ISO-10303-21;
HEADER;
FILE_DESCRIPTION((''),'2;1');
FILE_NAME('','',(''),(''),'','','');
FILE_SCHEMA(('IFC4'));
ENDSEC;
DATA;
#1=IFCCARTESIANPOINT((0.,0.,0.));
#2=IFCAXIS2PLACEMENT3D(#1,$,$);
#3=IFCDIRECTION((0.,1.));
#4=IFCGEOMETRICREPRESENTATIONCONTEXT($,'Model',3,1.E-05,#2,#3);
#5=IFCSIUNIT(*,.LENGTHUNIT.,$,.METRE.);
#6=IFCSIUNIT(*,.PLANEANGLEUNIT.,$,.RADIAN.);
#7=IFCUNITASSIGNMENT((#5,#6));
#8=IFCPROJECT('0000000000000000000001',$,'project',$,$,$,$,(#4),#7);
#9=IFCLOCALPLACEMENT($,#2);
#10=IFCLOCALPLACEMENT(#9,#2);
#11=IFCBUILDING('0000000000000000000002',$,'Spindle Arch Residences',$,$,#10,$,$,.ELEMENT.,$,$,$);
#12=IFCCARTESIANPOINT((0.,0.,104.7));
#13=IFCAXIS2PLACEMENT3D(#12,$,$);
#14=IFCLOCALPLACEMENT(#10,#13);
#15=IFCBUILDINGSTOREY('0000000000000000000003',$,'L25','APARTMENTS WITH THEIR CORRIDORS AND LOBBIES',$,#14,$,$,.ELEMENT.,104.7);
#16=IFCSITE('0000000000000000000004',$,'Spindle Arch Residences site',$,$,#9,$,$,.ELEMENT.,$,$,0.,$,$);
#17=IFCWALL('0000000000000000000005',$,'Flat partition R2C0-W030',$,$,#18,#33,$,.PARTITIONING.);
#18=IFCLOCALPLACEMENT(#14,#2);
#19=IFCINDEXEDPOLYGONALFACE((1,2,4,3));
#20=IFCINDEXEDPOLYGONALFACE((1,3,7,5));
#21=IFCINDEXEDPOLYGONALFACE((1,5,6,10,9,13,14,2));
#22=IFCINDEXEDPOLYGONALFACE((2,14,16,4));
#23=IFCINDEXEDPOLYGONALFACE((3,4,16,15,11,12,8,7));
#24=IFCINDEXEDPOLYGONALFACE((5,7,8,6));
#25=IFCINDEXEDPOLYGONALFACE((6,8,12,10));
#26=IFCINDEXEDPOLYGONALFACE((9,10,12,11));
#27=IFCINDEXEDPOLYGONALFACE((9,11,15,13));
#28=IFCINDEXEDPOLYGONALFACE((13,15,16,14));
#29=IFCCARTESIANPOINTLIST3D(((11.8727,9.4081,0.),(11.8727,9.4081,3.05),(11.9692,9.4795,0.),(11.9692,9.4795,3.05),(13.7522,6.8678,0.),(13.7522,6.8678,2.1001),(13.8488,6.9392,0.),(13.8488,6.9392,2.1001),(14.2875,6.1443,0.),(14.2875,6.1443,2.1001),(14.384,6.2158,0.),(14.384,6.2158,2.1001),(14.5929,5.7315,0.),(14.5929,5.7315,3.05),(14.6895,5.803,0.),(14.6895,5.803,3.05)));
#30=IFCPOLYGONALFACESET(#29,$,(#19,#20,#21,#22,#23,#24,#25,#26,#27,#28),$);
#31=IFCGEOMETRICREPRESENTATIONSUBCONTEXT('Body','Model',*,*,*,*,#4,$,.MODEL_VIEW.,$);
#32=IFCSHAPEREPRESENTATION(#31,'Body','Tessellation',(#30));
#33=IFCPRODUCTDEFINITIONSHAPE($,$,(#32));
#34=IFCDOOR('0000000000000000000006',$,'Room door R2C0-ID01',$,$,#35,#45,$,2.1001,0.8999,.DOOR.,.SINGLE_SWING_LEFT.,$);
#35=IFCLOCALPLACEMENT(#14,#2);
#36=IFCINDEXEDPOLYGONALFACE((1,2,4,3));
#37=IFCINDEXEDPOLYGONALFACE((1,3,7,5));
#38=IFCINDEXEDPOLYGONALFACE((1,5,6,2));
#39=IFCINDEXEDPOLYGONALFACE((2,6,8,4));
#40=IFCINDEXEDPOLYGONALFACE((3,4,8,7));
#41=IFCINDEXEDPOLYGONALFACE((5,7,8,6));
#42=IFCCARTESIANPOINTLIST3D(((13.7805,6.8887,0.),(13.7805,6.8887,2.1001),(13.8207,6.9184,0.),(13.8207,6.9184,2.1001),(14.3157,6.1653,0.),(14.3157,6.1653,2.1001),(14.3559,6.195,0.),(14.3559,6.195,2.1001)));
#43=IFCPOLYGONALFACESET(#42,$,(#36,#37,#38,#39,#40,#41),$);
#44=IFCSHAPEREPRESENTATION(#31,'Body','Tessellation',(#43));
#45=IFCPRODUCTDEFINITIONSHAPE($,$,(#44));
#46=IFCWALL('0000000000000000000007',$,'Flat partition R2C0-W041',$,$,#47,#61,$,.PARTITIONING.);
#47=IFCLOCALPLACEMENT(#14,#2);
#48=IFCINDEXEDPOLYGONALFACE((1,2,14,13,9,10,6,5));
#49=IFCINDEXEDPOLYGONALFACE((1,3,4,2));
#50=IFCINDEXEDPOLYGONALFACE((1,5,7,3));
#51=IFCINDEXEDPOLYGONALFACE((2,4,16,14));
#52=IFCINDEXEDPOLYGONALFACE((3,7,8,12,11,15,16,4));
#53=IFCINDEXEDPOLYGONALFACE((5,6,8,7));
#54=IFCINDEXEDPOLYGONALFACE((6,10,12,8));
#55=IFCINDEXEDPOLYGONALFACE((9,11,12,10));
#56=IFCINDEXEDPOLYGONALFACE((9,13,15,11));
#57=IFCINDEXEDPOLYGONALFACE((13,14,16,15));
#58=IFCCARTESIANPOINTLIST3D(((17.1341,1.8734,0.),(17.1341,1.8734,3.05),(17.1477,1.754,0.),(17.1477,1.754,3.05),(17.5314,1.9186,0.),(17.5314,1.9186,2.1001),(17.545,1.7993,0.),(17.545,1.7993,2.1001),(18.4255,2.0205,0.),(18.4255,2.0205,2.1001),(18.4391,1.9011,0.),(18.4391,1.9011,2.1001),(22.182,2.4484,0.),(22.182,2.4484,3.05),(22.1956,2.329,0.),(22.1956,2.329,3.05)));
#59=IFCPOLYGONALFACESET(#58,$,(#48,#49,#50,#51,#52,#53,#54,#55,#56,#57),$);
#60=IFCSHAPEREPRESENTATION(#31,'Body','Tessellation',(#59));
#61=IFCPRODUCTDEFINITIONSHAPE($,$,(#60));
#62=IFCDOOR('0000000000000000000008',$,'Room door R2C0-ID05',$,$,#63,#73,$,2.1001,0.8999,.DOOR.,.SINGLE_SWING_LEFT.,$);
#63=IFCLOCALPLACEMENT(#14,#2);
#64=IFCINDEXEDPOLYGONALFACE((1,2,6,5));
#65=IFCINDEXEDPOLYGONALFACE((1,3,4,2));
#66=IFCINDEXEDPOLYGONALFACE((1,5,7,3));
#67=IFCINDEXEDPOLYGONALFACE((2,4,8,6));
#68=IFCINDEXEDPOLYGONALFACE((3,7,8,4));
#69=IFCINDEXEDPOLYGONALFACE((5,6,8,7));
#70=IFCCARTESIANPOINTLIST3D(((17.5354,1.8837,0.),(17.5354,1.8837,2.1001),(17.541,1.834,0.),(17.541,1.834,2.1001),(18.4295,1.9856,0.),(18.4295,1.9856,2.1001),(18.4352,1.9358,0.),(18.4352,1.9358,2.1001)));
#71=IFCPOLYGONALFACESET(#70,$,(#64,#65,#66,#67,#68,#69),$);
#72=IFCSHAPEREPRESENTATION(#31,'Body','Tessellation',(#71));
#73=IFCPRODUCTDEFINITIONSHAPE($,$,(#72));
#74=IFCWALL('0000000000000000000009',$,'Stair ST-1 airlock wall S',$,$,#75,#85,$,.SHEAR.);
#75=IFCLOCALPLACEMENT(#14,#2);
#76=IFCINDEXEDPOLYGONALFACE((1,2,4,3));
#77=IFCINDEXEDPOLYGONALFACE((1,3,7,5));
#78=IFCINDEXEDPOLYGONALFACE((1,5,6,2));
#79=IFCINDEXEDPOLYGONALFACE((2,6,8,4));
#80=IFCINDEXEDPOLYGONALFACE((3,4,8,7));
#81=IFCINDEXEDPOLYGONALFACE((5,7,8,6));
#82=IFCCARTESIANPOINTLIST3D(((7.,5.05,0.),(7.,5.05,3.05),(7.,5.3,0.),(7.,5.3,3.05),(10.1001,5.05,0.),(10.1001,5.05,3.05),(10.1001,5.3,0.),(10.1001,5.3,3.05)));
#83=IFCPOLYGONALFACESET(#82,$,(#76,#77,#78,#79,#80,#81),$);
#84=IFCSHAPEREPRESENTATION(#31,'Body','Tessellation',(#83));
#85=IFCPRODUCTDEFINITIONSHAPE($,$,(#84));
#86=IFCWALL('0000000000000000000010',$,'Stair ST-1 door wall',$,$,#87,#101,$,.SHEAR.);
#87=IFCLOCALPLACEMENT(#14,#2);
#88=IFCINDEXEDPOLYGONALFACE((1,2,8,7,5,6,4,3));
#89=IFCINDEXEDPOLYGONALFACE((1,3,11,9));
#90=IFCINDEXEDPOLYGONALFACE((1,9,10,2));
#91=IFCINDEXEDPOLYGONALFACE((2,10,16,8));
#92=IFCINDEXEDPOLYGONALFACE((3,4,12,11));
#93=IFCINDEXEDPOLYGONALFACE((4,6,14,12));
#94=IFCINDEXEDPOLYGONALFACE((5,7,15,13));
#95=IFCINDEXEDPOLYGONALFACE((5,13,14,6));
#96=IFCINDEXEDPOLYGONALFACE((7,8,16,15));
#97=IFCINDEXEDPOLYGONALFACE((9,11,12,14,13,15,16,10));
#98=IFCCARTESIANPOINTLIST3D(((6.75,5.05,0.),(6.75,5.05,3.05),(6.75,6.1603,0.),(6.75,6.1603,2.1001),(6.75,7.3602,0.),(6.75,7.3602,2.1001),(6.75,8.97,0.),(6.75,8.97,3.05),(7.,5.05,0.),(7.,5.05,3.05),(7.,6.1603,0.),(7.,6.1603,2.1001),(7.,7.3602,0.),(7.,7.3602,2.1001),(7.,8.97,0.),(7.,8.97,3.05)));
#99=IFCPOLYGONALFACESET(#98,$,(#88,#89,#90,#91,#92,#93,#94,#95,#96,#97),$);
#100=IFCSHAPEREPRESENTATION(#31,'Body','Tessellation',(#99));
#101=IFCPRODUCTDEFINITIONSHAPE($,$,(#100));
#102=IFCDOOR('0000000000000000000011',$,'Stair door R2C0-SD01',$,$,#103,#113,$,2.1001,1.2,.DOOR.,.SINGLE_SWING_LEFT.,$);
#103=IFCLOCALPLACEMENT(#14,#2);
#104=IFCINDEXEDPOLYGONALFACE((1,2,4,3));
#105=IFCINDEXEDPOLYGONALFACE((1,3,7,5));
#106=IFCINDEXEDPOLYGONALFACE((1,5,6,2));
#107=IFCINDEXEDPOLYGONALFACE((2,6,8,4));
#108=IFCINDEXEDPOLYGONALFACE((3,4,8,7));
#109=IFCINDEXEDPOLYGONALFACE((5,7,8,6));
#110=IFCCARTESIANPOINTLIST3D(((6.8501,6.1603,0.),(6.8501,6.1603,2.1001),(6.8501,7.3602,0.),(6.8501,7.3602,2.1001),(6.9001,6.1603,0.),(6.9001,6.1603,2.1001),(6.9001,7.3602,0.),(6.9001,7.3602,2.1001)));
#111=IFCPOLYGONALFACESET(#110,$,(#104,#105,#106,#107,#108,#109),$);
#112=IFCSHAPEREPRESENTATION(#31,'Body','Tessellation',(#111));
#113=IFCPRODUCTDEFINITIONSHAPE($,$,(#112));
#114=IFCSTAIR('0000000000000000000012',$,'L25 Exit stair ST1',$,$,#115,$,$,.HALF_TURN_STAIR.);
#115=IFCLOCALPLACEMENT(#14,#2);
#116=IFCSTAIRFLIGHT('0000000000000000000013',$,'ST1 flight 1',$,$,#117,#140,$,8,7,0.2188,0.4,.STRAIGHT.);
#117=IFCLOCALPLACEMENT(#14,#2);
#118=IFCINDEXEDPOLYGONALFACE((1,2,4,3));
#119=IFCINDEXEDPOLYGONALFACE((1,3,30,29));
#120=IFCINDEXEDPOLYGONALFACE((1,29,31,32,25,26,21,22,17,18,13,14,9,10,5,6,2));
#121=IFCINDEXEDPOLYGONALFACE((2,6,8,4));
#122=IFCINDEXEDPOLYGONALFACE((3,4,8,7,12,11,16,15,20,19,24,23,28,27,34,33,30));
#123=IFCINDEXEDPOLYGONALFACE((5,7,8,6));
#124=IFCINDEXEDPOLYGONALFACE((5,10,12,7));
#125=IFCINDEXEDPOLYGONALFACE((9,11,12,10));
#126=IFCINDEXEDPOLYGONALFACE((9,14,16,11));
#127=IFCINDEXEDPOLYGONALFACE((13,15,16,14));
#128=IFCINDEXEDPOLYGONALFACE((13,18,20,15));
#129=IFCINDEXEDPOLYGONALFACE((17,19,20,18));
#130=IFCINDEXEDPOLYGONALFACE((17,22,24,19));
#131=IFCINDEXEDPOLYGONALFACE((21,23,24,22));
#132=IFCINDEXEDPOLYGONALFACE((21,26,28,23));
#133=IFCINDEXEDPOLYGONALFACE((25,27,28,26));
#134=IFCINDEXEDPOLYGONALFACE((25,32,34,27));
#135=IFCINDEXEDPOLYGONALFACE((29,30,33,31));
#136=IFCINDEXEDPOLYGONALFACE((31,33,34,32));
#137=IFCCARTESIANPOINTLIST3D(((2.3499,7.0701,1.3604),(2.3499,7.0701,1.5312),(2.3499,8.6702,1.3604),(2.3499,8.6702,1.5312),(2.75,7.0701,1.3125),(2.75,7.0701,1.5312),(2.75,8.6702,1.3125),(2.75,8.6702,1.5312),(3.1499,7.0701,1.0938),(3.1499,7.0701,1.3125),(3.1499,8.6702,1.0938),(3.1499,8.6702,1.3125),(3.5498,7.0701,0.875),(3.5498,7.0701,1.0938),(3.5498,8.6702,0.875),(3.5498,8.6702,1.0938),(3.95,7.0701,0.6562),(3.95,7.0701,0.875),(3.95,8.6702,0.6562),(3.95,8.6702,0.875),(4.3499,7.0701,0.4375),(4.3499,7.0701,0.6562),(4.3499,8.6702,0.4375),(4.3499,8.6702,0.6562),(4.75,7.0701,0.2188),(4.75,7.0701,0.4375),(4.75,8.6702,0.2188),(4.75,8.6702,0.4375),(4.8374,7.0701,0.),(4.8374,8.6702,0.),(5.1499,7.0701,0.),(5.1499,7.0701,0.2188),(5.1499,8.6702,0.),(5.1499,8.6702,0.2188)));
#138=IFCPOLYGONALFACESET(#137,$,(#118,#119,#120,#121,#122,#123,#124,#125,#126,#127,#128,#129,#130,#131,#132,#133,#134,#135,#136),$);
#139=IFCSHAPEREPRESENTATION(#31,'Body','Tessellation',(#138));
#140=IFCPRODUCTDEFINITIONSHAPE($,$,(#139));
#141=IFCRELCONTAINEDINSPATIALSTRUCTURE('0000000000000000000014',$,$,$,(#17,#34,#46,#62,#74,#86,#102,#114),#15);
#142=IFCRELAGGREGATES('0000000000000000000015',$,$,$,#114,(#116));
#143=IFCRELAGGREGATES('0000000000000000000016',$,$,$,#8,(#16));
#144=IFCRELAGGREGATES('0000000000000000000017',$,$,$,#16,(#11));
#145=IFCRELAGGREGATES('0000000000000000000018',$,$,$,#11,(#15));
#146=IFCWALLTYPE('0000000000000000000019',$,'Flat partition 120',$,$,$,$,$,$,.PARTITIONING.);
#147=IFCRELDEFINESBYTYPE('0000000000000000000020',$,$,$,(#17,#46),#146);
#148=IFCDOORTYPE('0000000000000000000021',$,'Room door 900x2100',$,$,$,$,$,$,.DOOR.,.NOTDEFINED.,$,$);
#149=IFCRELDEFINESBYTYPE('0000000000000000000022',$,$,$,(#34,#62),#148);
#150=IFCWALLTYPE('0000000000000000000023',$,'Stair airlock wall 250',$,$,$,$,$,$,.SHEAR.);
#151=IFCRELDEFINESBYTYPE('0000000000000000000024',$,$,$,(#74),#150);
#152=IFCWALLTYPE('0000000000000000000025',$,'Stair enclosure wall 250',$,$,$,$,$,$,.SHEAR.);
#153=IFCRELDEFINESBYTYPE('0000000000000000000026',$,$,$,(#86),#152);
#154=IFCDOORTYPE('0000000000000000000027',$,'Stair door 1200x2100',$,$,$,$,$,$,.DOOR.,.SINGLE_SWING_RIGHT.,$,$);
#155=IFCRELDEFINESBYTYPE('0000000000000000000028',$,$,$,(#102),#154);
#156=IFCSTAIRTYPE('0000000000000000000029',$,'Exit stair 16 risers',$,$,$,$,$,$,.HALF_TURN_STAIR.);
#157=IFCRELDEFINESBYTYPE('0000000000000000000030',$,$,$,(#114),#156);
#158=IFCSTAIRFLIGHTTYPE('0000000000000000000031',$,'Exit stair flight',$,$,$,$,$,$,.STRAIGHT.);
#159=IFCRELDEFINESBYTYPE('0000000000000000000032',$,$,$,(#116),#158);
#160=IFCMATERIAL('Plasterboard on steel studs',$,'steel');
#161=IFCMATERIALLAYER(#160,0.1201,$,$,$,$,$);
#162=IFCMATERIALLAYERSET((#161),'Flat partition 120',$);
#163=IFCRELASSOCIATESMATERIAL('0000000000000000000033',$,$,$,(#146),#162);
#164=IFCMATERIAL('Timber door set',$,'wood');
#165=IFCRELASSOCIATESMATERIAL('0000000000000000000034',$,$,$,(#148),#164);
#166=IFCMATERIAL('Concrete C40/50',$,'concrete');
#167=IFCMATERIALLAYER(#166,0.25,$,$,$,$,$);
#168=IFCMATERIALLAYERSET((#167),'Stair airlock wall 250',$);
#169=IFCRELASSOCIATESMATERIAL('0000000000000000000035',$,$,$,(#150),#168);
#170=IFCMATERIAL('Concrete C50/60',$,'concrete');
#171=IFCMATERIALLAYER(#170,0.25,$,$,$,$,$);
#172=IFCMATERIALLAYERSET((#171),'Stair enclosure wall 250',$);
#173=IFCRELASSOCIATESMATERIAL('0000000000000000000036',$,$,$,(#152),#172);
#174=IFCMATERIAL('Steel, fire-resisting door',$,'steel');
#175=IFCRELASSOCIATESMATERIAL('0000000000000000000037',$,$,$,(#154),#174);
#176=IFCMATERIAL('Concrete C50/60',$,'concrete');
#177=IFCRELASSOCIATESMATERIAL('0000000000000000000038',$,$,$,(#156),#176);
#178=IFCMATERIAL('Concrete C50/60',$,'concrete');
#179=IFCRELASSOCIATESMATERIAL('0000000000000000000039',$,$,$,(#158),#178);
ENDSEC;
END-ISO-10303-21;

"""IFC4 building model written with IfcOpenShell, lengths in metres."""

from ifc_helpers import new_model, si_unit, direction, frame, frame_2d, origin, place, context, subcontext, project, spatial, polyline, rectangle, outline, extrude, material, layer, layer_set, type_object, element, fill, aggregate, save


model = new_model("IFC4")

# Units and contexts
model_context = context("Model", 3, precision=1e-05, world=origin(), true_north=direction((0.0, 1.0)))
body_context = subcontext(model_context, "Body", "Model", "MODEL_VIEW")
ifc_project = project(units=[si_unit("LENGTHUNIT", "METRE"), si_unit("PLANEANGLEUNIT", "RADIAN")], contexts=[model_context])

# Site, building, storey
site_placement = place(None, origin())
site = spatial("IfcSite", under=ifc_project, at=site_placement, Name="Spindle Arch Residences site", CompositionType="ELEMENT", RefElevation=0.0)
building_placement = place(site_placement, origin())
building = spatial("IfcBuilding", under=site, at=building_placement, Name="Spindle Arch Residences", CompositionType="ELEMENT")
storey_placement = place(building_placement, frame((0.0, 0.0, 104.7)))
storey = spatial("IfcBuildingStorey", under=building, at=storey_placement, Name="L25", Description="APARTMENTS WITH THEIR CORRIDORS AND LOBBIES", CompositionType="ELEMENT", Elevation=104.7)

# Walls, openings, doors
ifc_material_1 = material(Name="Plasterboard on steel studs", Category="steel")
ifc_layer_1 = layer(ifc_material_1, 0.1201)
ifc_layer_set_1 = layer_set([ifc_layer_1], Name="Flat partition 120")
wall_type_1 = type_object("IfcWallType", Name="Flat partition 120", PredefinedType="PARTITIONING", material=ifc_layer_set_1)
wall_1_placement = place(storey_placement, frame((14.6411, 5.7673, 0.0), z_axis=(0.0, 0.0, 1.0), x_axis=(-0.594786, 0.803884, 0.0)))
wall_1 = element("IfcWall", 1, at=wall_1_placement, inside=storey, type_object=wall_type_1, Name="Flat partition R2C0-W030", PredefinedType="PARTITIONING", context=body_context, shape_type="SweptSolid", body=[
    extrude(rectangle(XDim=4.5735, YDim=0.1201, at=frame_2d((2.2866, 0.0))), origin(), (0.0, 0.0, 1.0), 3.05),
])
opening_1_placement = place(wall_1_placement, frame((0.5134, 0.0, 0.0)))
opening_1 = element("IfcOpeningElement", 2, at=opening_1_placement, cuts=wall_1, PredefinedType="OPENING", context=body_context, shape_type="SweptSolid", body=[
    extrude(rectangle(XDim=0.8999, YDim=2.1001, at=frame_2d((0.45, 1.05))), frame((0.0, 0.0701, 0.0), z_axis=(0.0, -1.0, 0.0), x_axis=(1.0, 0.0, 0.0)), (0.0, 0.0, 1.0), 0.1401),
])
ifc_material_2 = material(Name="Timber door set", Category="wood")
door_type_1 = type_object("IfcDoorType", Name="Room door 900x2100", OperationType="NOTDEFINED", PredefinedType="DOOR", material=ifc_material_2)
door_1_placement = place(opening_1_placement, origin())
door_1 = element("IfcDoor", 3, at=door_1_placement, inside=storey, type_object=door_type_1, Name="Room door R2C0-ID01", OperationType="SINGLE_SWING_LEFT", OverallHeight=2.1001, OverallWidth=0.8999, PredefinedType="DOOR", context=body_context, shape_type="SweptSolid", body=[
    extrude(rectangle(XDim=0.8999, YDim=2.1001, at=frame_2d((0.45, 1.05))), frame((0.0, 0.0249, 0.0), z_axis=(0.0, -1.0, 0.0), x_axis=(1.0, 0.0, 0.0)), (0.0, 0.0, 1.0), 0.05),
])
fill(opening_1, door_1)
wall_2_placement = place(storey_placement, frame((17.1409, 1.8137, 0.0), z_axis=(0.0, 0.0, 1.0), x_axis=(0.993576, 0.113168, 0.0)))
wall_2 = element("IfcWall", 4, at=wall_2_placement, inside=storey, type_object=wall_type_1, Name="Flat partition R2C0-W041", PredefinedType="PARTITIONING", context=body_context, shape_type="SweptSolid", body=[
    extrude(rectangle(XDim=5.0806, YDim=0.1201, at=frame_2d((2.5403, 0.0))), origin(), (0.0, 0.0, 1.0), 3.05),
])
opening_2_placement = place(wall_2_placement, frame((0.3999, 0.0, 0.0)))
opening_2 = element("IfcOpeningElement", 5, at=opening_2_placement, cuts=wall_2, PredefinedType="OPENING", context=body_context, shape_type="SweptSolid", body=[
    extrude(rectangle(XDim=0.8999, YDim=2.1001, at=frame_2d((0.45, 1.05))), frame((0.0, 0.0701, 0.0), z_axis=(0.0, -1.0, 0.0), x_axis=(1.0, 0.0, 0.0)), (0.0, 0.0, 1.0), 0.1401),
])
door_2_placement = place(opening_2_placement, origin())
door_2 = element("IfcDoor", 6, at=door_2_placement, inside=storey, type_object=door_type_1, Name="Room door R2C0-ID05", OperationType="SINGLE_SWING_LEFT", OverallHeight=2.1001, OverallWidth=0.8999, PredefinedType="DOOR", context=body_context, shape_type="SweptSolid", body=[
    extrude(rectangle(XDim=0.8999, YDim=2.1001, at=frame_2d((0.45, 1.05))), frame((0.0, 0.0249, 0.0), z_axis=(0.0, -1.0, 0.0), x_axis=(1.0, 0.0, 0.0)), (0.0, 0.0, 1.0), 0.05),
])
fill(opening_2, door_2)

# Wall
ifc_material_3 = material(Name="Concrete C40/50", Category="concrete")
ifc_layer_2 = layer(ifc_material_3, 0.25)
ifc_layer_set_2 = layer_set([ifc_layer_2], Name="Stair airlock wall 250")
wall_type_2 = type_object("IfcWallType", Name="Stair airlock wall 250", PredefinedType="SHEAR", material=ifc_layer_set_2)
wall_3_placement = place(storey_placement, frame((7.0, 5.175, 0.0), z_axis=(0.0, 0.0, 1.0), x_axis=(1.0, 0.0, 0.0)))
element("IfcWall", 7, at=wall_3_placement, inside=storey, type_object=wall_type_2, Name="Stair ST-1 airlock wall S", PredefinedType="SHEAR", context=body_context, shape_type="SweptSolid", body=[
    extrude(rectangle(XDim=3.1001, YDim=0.25, at=frame_2d((1.55, 0.0))), origin(), (0.0, 0.0, 1.0), 3.05),
])

# Wall, opening, door
ifc_material_4 = material(Name="Concrete C50/60", Category="concrete")
ifc_layer_3 = layer(ifc_material_4, 0.25)
ifc_layer_set_3 = layer_set([ifc_layer_3], Name="Stair enclosure wall 250")
wall_type_3 = type_object("IfcWallType", Name="Stair enclosure wall 250", PredefinedType="SHEAR", material=ifc_layer_set_3)
wall_4_placement = place(storey_placement, frame((6.875, 5.05, 0.0), z_axis=(0.0, 0.0, 1.0), x_axis=(0.0, 1.0, 0.0)))
wall_4 = element("IfcWall", 8, at=wall_4_placement, inside=storey, type_object=wall_type_3, Name="Stair ST-1 door wall", PredefinedType="SHEAR", context=body_context, shape_type="SweptSolid", body=[
    extrude(rectangle(XDim=3.9199, YDim=0.25, at=frame_2d((1.96, 0.0))), origin(), (0.0, 0.0, 1.0), 3.05),
])
opening_3_placement = place(wall_4_placement, frame((1.1101, 0.0, 0.0)))
opening_3 = element("IfcOpeningElement", 9, at=opening_3_placement, cuts=wall_4, PredefinedType="OPENING", context=body_context, shape_type="SweptSolid", body=[
    extrude(rectangle(XDim=1.2, YDim=2.1001, at=frame_2d((0.6001, 1.05))), frame((0.0, 0.135, 0.0), z_axis=(0.0, -1.0, 0.0), x_axis=(1.0, 0.0, 0.0)), (0.0, 0.0, 1.0), 0.27),
])
ifc_material_5 = material(Name="Steel, fire-resisting door", Category="steel")
door_type_2 = type_object("IfcDoorType", Name="Stair door 1200x2100", OperationType="SINGLE_SWING_RIGHT", PredefinedType="DOOR", material=ifc_material_5)
door_3_placement = place(opening_3_placement, origin())
door_3 = element("IfcDoor", 10, at=door_3_placement, inside=storey, type_object=door_type_2, Name="Stair door R2C0-SD01", OperationType="SINGLE_SWING_LEFT", OverallHeight=2.1001, OverallWidth=1.2, PredefinedType="DOOR", context=body_context, shape_type="SweptSolid", body=[
    extrude(rectangle(XDim=1.2, YDim=2.1001, at=frame_2d((0.6001, 1.05))), frame((0.0, 0.0249, 0.0), z_axis=(0.0, -1.0, 0.0), x_axis=(1.0, 0.0, 0.0)), (0.0, 0.0, 1.0), 0.05),
])
fill(opening_3, door_3)

# Stair, stair flight
ifc_material_6 = material(Name="Concrete C50/60", Category="concrete")
stair_type = type_object("IfcStairType", Name="Exit stair 16 risers", PredefinedType="HALF_TURN_STAIR", material=ifc_material_6)
stair_placement = place(storey_placement, origin())
stair = element("IfcStair", 11, at=stair_placement, inside=storey, type_object=stair_type, Name="L25 Exit stair ST1", PredefinedType="HALF_TURN_STAIR")
ifc_material_7 = material(Name="Concrete C50/60", Category="concrete")
stair_flight_type = type_object("IfcStairFlightType", Name="Exit stair flight", PredefinedType="STRAIGHT", material=ifc_material_7)
stair_flight_placement = place(storey_placement, frame((5.1499, 7.8701, 0.0), z_axis=(0.0, 0.0, 1.0), x_axis=(-1.0, 0.0, 0.0)))
stair_flight = element("IfcStairFlight", 12, at=stair_flight_placement, type_object=stair_flight_type, Name="ST1 flight 1", NumberOfRisers=8, NumberOfTreads=7, PredefinedType="STRAIGHT", RiserHeight=0.2188, TreadLength=0.4, context=body_context, shape_type="SweptSolid", body=[
    extrude(outline(polyline([(0.0, 0.0), (0.0, 0.2188), (0.3999, 0.2188), (0.3999, 0.4375), (0.8, 0.4375), (0.8, 0.6562), (1.2, 0.6562), (1.2, 0.875), (1.6001, 0.875), (1.6001, 1.0938), (2.0, 1.0938), (2.0, 1.3125), (2.3999, 1.3125), (2.3999, 1.5312), (2.8, 1.5312), (2.8, 1.75), (2.8, 1.3604), (0.3125, 0.0), (0.0, 0.0)])), frame((0.0, 0.8, 0.0), z_axis=(0.0, -1.0, 0.0), x_axis=(1.0, 0.0, 0.0)), (0.0, 0.0, 1.0), 1.6001),
])
aggregate(stair, [stair_flight])

save(model, "model.ifc")
